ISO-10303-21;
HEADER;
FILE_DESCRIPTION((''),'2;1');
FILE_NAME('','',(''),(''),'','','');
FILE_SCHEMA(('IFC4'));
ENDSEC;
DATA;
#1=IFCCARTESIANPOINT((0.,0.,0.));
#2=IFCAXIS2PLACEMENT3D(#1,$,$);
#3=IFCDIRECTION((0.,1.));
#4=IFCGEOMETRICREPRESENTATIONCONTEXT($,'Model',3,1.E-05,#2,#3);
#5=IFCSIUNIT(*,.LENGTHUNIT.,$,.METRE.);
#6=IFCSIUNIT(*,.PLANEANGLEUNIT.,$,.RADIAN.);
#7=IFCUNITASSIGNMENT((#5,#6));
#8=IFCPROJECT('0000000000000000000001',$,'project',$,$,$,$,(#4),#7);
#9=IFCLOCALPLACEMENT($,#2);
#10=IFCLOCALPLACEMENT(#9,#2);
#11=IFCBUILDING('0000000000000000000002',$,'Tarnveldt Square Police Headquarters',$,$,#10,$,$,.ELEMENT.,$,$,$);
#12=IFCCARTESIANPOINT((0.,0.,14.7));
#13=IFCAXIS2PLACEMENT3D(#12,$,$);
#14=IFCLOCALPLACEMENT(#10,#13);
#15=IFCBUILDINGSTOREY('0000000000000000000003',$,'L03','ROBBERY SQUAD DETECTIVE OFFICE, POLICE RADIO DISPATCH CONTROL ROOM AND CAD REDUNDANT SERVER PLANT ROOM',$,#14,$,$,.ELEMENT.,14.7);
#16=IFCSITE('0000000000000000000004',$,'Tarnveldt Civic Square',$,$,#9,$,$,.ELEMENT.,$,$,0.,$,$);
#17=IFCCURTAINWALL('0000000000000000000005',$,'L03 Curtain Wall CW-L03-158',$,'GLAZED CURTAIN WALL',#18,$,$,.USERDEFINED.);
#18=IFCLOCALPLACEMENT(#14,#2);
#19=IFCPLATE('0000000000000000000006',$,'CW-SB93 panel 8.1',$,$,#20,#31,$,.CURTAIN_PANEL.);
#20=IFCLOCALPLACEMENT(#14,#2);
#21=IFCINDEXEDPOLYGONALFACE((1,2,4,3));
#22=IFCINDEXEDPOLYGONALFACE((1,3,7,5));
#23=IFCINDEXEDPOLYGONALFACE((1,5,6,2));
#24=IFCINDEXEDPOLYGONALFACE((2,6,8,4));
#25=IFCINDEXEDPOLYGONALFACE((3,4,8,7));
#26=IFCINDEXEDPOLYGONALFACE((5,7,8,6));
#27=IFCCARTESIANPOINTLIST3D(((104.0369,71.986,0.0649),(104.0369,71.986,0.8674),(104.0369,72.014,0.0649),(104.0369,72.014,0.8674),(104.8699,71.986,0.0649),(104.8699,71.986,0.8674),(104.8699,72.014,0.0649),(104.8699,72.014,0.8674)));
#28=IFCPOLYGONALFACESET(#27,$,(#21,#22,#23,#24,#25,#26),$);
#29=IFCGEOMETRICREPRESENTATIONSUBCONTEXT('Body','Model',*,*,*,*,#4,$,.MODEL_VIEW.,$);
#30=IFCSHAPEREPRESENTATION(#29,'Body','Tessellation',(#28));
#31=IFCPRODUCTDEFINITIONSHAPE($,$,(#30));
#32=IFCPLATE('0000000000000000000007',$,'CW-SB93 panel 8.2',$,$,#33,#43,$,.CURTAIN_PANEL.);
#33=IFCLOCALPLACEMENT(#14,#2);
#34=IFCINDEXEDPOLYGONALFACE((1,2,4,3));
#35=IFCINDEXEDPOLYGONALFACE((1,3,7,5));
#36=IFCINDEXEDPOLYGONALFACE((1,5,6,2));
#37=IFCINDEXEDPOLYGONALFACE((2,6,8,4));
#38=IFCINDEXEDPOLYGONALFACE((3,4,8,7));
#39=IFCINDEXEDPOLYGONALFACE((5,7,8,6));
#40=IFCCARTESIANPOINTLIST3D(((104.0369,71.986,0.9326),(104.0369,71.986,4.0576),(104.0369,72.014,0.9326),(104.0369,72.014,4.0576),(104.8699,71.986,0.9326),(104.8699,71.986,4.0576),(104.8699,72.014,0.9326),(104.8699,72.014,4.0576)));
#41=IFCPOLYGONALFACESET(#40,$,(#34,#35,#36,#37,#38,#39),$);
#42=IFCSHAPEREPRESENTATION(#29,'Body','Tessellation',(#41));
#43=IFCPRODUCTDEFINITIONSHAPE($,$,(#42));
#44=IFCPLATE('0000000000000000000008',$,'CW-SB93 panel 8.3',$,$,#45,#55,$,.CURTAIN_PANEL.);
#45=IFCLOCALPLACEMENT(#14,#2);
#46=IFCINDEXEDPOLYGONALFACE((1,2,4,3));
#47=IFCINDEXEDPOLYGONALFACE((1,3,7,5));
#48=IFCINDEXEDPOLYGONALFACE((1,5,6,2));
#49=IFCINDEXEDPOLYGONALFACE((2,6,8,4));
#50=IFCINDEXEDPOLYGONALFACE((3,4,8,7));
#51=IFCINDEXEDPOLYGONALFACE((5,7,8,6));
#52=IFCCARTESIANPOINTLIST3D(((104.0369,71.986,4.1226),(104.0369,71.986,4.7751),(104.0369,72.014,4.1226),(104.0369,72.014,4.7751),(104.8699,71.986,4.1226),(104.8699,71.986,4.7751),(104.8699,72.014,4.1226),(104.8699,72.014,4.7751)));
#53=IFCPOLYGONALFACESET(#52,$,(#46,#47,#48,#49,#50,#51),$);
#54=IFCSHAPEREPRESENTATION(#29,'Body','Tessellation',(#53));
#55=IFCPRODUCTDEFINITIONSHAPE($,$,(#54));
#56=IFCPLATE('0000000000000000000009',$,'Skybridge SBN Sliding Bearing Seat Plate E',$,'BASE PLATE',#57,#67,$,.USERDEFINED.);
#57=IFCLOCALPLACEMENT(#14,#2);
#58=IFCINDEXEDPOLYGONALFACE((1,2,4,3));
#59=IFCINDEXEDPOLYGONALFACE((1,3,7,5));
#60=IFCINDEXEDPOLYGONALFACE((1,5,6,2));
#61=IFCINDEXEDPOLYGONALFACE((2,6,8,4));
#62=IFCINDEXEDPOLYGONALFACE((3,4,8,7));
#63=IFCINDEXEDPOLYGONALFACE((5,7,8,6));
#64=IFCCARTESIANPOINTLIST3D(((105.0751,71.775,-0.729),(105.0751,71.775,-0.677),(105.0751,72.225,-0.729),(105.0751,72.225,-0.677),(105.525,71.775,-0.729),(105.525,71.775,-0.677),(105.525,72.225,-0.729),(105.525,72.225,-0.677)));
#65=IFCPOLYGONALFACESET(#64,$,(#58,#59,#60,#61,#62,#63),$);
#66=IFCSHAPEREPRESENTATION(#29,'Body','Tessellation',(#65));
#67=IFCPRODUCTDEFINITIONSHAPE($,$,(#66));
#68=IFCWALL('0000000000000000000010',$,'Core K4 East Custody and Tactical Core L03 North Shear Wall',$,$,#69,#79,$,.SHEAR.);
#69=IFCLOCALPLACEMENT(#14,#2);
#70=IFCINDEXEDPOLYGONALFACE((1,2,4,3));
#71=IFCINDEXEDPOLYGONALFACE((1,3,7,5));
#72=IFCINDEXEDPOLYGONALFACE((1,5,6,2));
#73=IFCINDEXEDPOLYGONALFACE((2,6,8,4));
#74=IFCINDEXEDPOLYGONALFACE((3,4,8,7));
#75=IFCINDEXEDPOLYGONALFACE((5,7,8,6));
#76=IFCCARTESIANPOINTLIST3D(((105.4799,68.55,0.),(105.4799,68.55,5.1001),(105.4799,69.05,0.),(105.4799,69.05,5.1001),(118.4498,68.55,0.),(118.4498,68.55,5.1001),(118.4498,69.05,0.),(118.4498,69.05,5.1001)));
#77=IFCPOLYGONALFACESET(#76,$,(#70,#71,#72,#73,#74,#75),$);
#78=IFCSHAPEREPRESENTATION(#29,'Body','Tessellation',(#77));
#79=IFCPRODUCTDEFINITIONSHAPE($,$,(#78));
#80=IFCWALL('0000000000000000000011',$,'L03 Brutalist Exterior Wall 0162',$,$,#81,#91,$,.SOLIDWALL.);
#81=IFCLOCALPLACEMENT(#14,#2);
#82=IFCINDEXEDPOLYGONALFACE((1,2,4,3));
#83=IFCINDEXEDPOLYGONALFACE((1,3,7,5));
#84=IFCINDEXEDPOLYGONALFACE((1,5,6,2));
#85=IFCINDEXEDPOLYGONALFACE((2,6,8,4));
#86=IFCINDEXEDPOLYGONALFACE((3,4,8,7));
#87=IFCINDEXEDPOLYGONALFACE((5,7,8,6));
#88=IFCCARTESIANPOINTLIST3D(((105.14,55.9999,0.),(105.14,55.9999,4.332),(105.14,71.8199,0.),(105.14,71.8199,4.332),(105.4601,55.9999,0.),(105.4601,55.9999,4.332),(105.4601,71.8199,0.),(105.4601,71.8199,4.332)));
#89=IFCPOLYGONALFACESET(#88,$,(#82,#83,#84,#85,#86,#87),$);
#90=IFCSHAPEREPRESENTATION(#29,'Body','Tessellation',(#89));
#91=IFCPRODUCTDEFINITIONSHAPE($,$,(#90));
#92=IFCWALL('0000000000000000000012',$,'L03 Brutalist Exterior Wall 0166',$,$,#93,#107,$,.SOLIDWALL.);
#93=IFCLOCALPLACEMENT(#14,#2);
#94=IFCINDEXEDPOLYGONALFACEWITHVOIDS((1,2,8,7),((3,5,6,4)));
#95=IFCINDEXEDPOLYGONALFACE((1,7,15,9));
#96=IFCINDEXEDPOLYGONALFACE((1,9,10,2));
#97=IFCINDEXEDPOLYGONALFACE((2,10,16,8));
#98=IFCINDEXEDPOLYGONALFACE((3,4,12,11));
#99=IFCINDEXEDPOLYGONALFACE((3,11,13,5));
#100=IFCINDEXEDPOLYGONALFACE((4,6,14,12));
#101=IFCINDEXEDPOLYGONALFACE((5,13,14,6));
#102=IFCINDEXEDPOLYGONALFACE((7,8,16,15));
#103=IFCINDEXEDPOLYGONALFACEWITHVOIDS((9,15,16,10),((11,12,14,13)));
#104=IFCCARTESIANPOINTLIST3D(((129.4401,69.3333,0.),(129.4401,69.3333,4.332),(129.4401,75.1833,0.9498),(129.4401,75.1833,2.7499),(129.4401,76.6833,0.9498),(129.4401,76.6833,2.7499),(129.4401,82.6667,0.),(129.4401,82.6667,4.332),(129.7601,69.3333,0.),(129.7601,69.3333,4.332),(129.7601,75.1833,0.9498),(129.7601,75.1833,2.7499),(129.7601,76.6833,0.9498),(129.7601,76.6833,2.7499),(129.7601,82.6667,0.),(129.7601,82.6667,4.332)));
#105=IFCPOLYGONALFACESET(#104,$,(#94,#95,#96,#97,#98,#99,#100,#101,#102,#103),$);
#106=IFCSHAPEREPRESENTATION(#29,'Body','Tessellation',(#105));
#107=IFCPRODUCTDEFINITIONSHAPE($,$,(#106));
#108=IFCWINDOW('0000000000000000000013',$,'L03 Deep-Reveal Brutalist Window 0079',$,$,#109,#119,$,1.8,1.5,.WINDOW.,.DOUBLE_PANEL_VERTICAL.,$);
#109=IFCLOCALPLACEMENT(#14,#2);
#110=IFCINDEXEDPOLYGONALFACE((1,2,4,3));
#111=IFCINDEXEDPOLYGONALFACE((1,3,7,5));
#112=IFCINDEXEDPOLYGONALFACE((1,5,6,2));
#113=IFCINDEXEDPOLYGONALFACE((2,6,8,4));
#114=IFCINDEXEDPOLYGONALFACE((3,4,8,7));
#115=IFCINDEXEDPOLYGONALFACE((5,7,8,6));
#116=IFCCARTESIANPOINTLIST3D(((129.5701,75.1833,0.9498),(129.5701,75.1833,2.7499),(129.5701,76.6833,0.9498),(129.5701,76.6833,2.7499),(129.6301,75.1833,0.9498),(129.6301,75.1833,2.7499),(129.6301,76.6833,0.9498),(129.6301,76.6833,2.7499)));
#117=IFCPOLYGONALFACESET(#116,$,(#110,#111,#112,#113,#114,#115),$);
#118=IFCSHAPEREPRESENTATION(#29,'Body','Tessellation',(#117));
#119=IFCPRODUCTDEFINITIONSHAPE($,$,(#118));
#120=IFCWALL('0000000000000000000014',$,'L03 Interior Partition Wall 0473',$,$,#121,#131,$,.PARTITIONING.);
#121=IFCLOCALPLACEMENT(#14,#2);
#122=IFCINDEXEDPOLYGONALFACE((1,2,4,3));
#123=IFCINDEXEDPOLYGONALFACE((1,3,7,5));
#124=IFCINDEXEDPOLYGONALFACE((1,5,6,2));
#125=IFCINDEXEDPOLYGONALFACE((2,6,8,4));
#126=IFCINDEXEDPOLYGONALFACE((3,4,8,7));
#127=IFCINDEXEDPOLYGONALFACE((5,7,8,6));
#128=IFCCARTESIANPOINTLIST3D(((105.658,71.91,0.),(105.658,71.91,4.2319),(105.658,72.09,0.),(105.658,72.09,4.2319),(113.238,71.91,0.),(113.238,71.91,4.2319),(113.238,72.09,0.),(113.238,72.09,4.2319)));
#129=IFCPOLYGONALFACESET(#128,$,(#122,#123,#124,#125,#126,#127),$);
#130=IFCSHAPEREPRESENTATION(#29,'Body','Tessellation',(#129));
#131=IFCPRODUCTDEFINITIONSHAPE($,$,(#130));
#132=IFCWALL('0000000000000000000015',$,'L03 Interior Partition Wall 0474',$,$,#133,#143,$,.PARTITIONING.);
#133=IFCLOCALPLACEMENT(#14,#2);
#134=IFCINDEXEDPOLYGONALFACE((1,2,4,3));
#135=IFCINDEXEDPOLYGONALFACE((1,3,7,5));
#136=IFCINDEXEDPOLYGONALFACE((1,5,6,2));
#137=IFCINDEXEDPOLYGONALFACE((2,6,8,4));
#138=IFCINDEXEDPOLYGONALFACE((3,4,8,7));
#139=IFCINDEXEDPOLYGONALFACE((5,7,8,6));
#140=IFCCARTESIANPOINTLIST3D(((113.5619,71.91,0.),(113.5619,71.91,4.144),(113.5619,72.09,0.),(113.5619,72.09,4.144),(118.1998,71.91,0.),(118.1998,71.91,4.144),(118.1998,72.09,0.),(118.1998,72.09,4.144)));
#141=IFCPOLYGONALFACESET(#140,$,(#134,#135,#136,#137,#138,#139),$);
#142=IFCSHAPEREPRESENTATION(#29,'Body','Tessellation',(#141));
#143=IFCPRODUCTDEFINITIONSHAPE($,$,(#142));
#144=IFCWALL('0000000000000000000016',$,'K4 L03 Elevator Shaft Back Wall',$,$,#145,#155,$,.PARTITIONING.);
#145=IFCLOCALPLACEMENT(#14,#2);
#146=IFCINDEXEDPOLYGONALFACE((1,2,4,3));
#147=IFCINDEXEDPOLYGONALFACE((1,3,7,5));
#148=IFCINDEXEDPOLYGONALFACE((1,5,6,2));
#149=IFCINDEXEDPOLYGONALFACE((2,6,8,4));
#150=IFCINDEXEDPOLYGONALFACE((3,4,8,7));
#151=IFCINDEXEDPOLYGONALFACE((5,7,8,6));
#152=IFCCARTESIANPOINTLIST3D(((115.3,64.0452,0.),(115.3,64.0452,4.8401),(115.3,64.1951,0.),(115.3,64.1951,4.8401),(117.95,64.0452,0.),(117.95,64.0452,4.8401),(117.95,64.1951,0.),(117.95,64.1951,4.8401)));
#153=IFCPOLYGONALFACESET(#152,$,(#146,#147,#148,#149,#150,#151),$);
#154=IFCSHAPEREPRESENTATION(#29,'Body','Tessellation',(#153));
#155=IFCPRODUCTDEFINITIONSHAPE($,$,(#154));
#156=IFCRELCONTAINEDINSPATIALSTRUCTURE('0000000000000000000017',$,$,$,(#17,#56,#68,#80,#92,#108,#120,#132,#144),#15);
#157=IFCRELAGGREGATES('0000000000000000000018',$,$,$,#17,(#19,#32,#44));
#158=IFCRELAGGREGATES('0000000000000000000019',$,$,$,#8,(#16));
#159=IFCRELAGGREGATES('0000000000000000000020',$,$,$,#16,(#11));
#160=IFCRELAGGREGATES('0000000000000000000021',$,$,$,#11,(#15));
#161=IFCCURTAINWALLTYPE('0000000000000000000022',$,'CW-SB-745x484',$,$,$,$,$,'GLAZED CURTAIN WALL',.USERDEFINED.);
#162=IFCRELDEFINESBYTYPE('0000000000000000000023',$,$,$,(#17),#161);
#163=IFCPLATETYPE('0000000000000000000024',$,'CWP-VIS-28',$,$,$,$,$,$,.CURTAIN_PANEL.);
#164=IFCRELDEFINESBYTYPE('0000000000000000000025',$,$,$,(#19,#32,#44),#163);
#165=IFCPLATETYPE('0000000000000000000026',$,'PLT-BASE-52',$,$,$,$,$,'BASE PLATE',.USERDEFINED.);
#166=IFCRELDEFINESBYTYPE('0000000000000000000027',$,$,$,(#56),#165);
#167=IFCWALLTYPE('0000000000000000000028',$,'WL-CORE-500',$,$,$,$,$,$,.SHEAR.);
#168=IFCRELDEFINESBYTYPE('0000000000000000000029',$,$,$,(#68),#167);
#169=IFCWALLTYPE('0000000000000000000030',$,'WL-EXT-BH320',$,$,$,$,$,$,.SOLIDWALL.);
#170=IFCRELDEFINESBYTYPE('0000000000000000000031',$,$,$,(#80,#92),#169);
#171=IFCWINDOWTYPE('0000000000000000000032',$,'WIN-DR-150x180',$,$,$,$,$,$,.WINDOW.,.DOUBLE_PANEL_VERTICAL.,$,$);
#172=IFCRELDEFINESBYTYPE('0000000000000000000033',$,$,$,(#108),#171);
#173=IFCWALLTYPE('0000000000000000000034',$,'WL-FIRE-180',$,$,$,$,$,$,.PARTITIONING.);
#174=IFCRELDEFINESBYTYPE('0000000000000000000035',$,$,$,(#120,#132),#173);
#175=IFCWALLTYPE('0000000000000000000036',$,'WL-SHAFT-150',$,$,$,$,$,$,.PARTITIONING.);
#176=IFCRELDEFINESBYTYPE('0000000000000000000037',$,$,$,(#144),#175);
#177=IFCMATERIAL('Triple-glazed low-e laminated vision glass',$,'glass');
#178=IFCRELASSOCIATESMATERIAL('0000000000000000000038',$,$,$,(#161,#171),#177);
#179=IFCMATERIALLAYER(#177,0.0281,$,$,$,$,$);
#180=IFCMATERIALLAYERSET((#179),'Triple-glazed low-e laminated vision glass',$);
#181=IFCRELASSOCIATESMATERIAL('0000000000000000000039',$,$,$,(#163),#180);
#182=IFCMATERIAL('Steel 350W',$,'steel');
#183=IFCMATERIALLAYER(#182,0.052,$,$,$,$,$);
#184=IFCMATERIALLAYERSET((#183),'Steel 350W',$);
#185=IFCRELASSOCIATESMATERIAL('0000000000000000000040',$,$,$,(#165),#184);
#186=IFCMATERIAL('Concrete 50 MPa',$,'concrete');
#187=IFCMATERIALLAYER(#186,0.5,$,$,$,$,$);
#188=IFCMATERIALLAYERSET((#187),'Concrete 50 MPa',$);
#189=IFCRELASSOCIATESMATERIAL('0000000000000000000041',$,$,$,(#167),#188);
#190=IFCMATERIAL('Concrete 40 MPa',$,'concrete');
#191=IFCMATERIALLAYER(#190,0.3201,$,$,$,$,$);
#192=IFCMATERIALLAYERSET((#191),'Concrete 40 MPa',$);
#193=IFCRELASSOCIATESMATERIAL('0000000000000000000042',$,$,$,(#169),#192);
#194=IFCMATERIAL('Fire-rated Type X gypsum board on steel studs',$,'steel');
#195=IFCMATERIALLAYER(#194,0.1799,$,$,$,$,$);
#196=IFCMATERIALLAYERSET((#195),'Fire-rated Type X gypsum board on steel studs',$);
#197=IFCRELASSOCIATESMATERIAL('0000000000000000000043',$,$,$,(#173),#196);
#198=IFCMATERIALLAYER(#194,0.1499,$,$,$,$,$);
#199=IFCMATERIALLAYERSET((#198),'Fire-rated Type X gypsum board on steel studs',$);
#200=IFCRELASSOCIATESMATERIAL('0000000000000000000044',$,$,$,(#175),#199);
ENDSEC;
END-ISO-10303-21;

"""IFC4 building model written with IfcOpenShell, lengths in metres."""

from ifc_helpers import new_model, si_unit, direction, frame, frame_2d, origin, origin_2d, place, context, subcontext, project, spatial, rectangle, extrude, material, layer, layer_set, type_object, element, fill, aggregate, save


model = new_model("IFC4")

# Units and contexts
model_context = context("Model", 3, precision=1e-05, world=origin(), true_north=direction((0.0, 1.0)))
body_context = subcontext(model_context, "Body", "Model", "MODEL_VIEW")
ifc_project = project(units=[si_unit("LENGTHUNIT", "METRE"), si_unit("PLANEANGLEUNIT", "RADIAN")], contexts=[model_context])

# Site, building, storey
site_placement = place(None, origin())
site = spatial("IfcSite", under=ifc_project, at=site_placement, Name="Tarnveldt Civic Square", CompositionType="ELEMENT", RefElevation=0.0)
building_placement = place(site_placement, origin())
building = spatial("IfcBuilding", under=site, at=building_placement, Name="Tarnveldt Square Police Headquarters", CompositionType="ELEMENT")
storey_placement = place(building_placement, frame((0.0, 0.0, 14.7)))
storey = spatial("IfcBuildingStorey", under=building, at=storey_placement, Name="L03", Description="ROBBERY SQUAD DETECTIVE OFFICE, POLICE RADIO DISPATCH CONTROL ROOM AND CAD REDUNDANT SERVER PLANT ROOM", CompositionType="ELEMENT", Elevation=14.7)

# Shared definitions
ifc_material_1 = material(Name="Concrete 40 MPa", Category="concrete")
ifc_material_2 = material(Name="Concrete 50 MPa", Category="concrete")
ifc_material_3 = material(Name="Steel 350W", Category="steel")

# Curtain wall
ifc_material_4 = material(Name="Triple-glazed low-e laminated vision glass", Category="glass")
curtain_wall_type = type_object("IfcCurtainWallType", Name="CW-SB-745x484", ElementType="GLAZED CURTAIN WALL", PredefinedType="USERDEFINED", material=ifc_material_4)
curtain_wall_placement = place(storey_placement, origin())
curtain_wall = element("IfcCurtainWall", 1, at=curtain_wall_placement, inside=storey, type_object=curtain_wall_type, Name="L03 Curtain Wall CW-L03-158", ObjectType="GLAZED CURTAIN WALL", PredefinedType="USERDEFINED")

# Plates
ifc_layer_1 = layer(ifc_material_4, 0.0281)
ifc_layer_set_1 = layer_set([ifc_layer_1], Name="Triple-glazed low-e laminated vision glass")
plate_type_1 = type_object("IfcPlateType", Name="CWP-VIS-28", PredefinedType="CURTAIN_PANEL", material=ifc_layer_set_1)
plate_1_placement = place(storey_placement, frame((104.4534, 72.0, 0.0649), z_axis=(0.0, 0.0, 1.0), x_axis=(1.0, 0.0, 0.0)))
plate_1 = element("IfcPlate", 2, at=plate_1_placement, type_object=plate_type_1, Name="CW-SB93 panel 8.1", PredefinedType="CURTAIN_PANEL", context=body_context, shape_type="SweptSolid", body=[
    extrude(rectangle(XDim=0.833, YDim=0.0281, at=origin_2d()), origin(), (0.0, 0.0, 1.0), 0.8025),
])
plate_2_placement = place(storey_placement, frame((104.4534, 72.0, 0.9326), z_axis=(0.0, 0.0, 1.0), x_axis=(1.0, 0.0, 0.0)))
plate_2 = element("IfcPlate", 3, at=plate_2_placement, type_object=plate_type_1, Name="CW-SB93 panel 8.2", PredefinedType="CURTAIN_PANEL", context=body_context, shape_type="SweptSolid", body=[
    extrude(rectangle(XDim=0.833, YDim=0.0281, at=origin_2d()), origin(), (0.0, 0.0, 1.0), 3.125),
])
plate_3_placement = place(storey_placement, frame((104.4534, 72.0, 4.1226), z_axis=(0.0, 0.0, 1.0), x_axis=(1.0, 0.0, 0.0)))
plate_3 = element("IfcPlate", 4, at=plate_3_placement, type_object=plate_type_1, Name="CW-SB93 panel 8.3", PredefinedType="CURTAIN_PANEL", context=body_context, shape_type="SweptSolid", body=[
    extrude(rectangle(XDim=0.833, YDim=0.0281, at=origin_2d()), origin(), (0.0, 0.0, 1.0), 0.6526),
])
aggregate(curtain_wall, [plate_1, plate_2, plate_3])
ifc_layer_2 = layer(ifc_material_3, 0.052)
ifc_layer_set_2 = layer_set([ifc_layer_2], Name="Steel 350W")
plate_type_2 = type_object("IfcPlateType", Name="PLT-BASE-52", ElementType="BASE PLATE", PredefinedType="USERDEFINED", material=ifc_layer_set_2)
plate_4_placement = place(storey_placement, frame((105.3, 72.0, -0.729), z_axis=(0.0, 0.0, 1.0), x_axis=(1.0, 0.0, 0.0)))
element("IfcPlate", 5, at=plate_4_placement, inside=storey, type_object=plate_type_2, Name="Skybridge SBN Sliding Bearing Seat Plate E", ObjectType="BASE PLATE", PredefinedType="USERDEFINED", context=body_context, shape_type="SweptSolid", body=[
    extrude(rectangle(XDim=0.45, YDim=0.45, at=origin_2d()), origin(), (0.0, 0.0, 1.0), 0.052),
])

# Walls
ifc_layer_3 = layer(ifc_material_2, 0.5)
ifc_layer_set_3 = layer_set([ifc_layer_3], Name="Concrete 50 MPa")
wall_type_1 = type_object("IfcWallType", Name="WL-CORE-500", PredefinedType="SHEAR", material=ifc_layer_set_3)
wall_1_placement = place(storey_placement, frame((105.48, 68.8, 0.0), z_axis=(0.0, 0.0, 1.0), x_axis=(1.0, 0.0, 0.0)))
element("IfcWall", 6, at=wall_1_placement, inside=storey, type_object=wall_type_1, Name="Core K4 East Custody and Tactical Core L03 North Shear Wall", PredefinedType="SHEAR", context=body_context, shape_type="SweptSolid", body=[
    extrude(rectangle(XDim=12.97, YDim=0.5, at=frame_2d((6.4849, 0.0))), origin(), (0.0, 0.0, 1.0), 5.1001),
])
ifc_layer_4 = layer(ifc_material_1, 0.3201)
ifc_layer_set_4 = layer_set([ifc_layer_4], Name="Concrete 40 MPa")
wall_type_2 = type_object("IfcWallType", Name="WL-EXT-BH320", PredefinedType="SOLIDWALL", material=ifc_layer_set_4)
wall_2_placement = place(storey_placement, frame((105.3, 71.8201, 0.0), z_axis=(0.0, 0.0, 1.0), x_axis=(0.0, -1.0, 0.0)))
element("IfcWall", 7, at=wall_2_placement, inside=storey, type_object=wall_type_2, Name="L03 Brutalist Exterior Wall 0162", PredefinedType="SOLIDWALL", context=body_context, shape_type="SweptSolid", body=[
    extrude(rectangle(XDim=15.8201, YDim=0.3201, at=frame_2d((7.9102, 0.0))), origin(), (0.0, 0.0, 1.0), 4.332),
])

# Wall, opening, window
wall_3_placement = place(storey_placement, frame((129.6001, 69.3333, 0.0), z_axis=(0.0, 0.0, 1.0), x_axis=(0.0, 1.0, 0.0)))
wall_3 = element("IfcWall", 8, at=wall_3_placement, inside=storey, type_object=wall_type_2, Name="L03 Brutalist Exterior Wall 0166", PredefinedType="SOLIDWALL", context=body_context, shape_type="SweptSolid", body=[
    extrude(rectangle(XDim=13.3335, YDim=0.3201, at=frame_2d((6.6667, 0.0))), origin(), (0.0, 0.0, 1.0), 4.332),
])
opening_1_placement = place(wall_3_placement, frame((5.8501, 0.0, 0.95)))
opening_1 = element("IfcOpeningElement", 9, at=opening_1_placement, cuts=wall_3, PredefinedType="OPENING", context=body_context, shape_type="SweptSolid", body=[
    extrude(rectangle(XDim=1.5, YDim=1.8, at=frame_2d((0.75, 0.8999))), frame((0.0, 0.1699, 0.0), z_axis=(0.0, -1.0, 0.0), x_axis=(1.0, 0.0, 0.0)), (0.0, 0.0, 1.0), 0.3401),
])
window_type = type_object("IfcWindowType", Name="WIN-DR-150x180", PartitioningType="DOUBLE_PANEL_VERTICAL", PredefinedType="WINDOW", material=ifc_material_4)
window_placement = place(opening_1_placement, origin())
window = element("IfcWindow", 10, at=window_placement, inside=storey, type_object=window_type, Name="L03 Deep-Reveal Brutalist Window 0079", OverallHeight=1.8, OverallWidth=1.5, PartitioningType="DOUBLE_PANEL_VERTICAL", PredefinedType="WINDOW", context=body_context, shape_type="SweptSolid", body=[
    extrude(rectangle(XDim=1.5, YDim=1.8, at=frame_2d((0.75, 0.8999))), frame((0.0, 0.03, 0.0), z_axis=(0.0, -1.0, 0.0), x_axis=(1.0, 0.0, 0.0)), (0.0, 0.0, 1.0), 0.0601),
])
fill(opening_1, window)

# Walls
ifc_material_5 = material(Name="Fire-rated Type X gypsum board on steel studs", Category="steel")
ifc_layer_5 = layer(ifc_material_5, 0.1799)
ifc_layer_set_5 = layer_set([ifc_layer_5], Name="Fire-rated Type X gypsum board on steel studs")
wall_type_3 = type_object("IfcWallType", Name="WL-FIRE-180", PredefinedType="PARTITIONING", material=ifc_layer_set_5)
wall_4_placement = place(storey_placement, frame((105.658, 72.0, 0.0), z_axis=(0.0, 0.0, 1.0), x_axis=(1.0, 0.0, 0.0)))
element("IfcWall", 11, at=wall_4_placement, inside=storey, type_object=wall_type_3, Name="L03 Interior Partition Wall 0473", PredefinedType="PARTITIONING", context=body_context, shape_type="SweptSolid", body=[
    extrude(rectangle(XDim=7.5801, YDim=0.1799, at=frame_2d((3.79, 0.0))), origin(), (0.0, 0.0, 1.0), 4.2319),
])
wall_5_placement = place(storey_placement, frame((113.562, 72.0, 0.0), z_axis=(0.0, 0.0, 1.0), x_axis=(1.0, 0.0, 0.0)))
element("IfcWall", 12, at=wall_5_placement, inside=storey, type_object=wall_type_3, Name="L03 Interior Partition Wall 0474", PredefinedType="PARTITIONING", context=body_context, shape_type="SweptSolid", body=[
    extrude(rectangle(XDim=4.6379, YDim=0.1799, at=frame_2d((2.3188, 0.0))), origin(), (0.0, 0.0, 1.0), 4.144),
])

# Wall
ifc_layer_6 = layer(ifc_material_5, 0.1499)
ifc_layer_set_6 = layer_set([ifc_layer_6], Name="Fire-rated Type X gypsum board on steel studs")
wall_type_4 = type_object("IfcWallType", Name="WL-SHAFT-150", PredefinedType="PARTITIONING", material=ifc_layer_set_6)
wall_6_placement = place(storey_placement, frame((115.3, 64.1201, 0.0), z_axis=(0.0, 0.0, 1.0), x_axis=(1.0, 0.0, 0.0)))
element("IfcWall", 13, at=wall_6_placement, inside=storey, type_object=wall_type_4, Name="K4 L03 Elevator Shaft Back Wall", PredefinedType="PARTITIONING", context=body_context, shape_type="SweptSolid", body=[
    extrude(rectangle(XDim=2.6499, YDim=0.1499, at=frame_2d((1.325, 0.0))), origin(), (0.0, 0.0, 1.0), 4.8401),
])

save(model, "model.ifc")
